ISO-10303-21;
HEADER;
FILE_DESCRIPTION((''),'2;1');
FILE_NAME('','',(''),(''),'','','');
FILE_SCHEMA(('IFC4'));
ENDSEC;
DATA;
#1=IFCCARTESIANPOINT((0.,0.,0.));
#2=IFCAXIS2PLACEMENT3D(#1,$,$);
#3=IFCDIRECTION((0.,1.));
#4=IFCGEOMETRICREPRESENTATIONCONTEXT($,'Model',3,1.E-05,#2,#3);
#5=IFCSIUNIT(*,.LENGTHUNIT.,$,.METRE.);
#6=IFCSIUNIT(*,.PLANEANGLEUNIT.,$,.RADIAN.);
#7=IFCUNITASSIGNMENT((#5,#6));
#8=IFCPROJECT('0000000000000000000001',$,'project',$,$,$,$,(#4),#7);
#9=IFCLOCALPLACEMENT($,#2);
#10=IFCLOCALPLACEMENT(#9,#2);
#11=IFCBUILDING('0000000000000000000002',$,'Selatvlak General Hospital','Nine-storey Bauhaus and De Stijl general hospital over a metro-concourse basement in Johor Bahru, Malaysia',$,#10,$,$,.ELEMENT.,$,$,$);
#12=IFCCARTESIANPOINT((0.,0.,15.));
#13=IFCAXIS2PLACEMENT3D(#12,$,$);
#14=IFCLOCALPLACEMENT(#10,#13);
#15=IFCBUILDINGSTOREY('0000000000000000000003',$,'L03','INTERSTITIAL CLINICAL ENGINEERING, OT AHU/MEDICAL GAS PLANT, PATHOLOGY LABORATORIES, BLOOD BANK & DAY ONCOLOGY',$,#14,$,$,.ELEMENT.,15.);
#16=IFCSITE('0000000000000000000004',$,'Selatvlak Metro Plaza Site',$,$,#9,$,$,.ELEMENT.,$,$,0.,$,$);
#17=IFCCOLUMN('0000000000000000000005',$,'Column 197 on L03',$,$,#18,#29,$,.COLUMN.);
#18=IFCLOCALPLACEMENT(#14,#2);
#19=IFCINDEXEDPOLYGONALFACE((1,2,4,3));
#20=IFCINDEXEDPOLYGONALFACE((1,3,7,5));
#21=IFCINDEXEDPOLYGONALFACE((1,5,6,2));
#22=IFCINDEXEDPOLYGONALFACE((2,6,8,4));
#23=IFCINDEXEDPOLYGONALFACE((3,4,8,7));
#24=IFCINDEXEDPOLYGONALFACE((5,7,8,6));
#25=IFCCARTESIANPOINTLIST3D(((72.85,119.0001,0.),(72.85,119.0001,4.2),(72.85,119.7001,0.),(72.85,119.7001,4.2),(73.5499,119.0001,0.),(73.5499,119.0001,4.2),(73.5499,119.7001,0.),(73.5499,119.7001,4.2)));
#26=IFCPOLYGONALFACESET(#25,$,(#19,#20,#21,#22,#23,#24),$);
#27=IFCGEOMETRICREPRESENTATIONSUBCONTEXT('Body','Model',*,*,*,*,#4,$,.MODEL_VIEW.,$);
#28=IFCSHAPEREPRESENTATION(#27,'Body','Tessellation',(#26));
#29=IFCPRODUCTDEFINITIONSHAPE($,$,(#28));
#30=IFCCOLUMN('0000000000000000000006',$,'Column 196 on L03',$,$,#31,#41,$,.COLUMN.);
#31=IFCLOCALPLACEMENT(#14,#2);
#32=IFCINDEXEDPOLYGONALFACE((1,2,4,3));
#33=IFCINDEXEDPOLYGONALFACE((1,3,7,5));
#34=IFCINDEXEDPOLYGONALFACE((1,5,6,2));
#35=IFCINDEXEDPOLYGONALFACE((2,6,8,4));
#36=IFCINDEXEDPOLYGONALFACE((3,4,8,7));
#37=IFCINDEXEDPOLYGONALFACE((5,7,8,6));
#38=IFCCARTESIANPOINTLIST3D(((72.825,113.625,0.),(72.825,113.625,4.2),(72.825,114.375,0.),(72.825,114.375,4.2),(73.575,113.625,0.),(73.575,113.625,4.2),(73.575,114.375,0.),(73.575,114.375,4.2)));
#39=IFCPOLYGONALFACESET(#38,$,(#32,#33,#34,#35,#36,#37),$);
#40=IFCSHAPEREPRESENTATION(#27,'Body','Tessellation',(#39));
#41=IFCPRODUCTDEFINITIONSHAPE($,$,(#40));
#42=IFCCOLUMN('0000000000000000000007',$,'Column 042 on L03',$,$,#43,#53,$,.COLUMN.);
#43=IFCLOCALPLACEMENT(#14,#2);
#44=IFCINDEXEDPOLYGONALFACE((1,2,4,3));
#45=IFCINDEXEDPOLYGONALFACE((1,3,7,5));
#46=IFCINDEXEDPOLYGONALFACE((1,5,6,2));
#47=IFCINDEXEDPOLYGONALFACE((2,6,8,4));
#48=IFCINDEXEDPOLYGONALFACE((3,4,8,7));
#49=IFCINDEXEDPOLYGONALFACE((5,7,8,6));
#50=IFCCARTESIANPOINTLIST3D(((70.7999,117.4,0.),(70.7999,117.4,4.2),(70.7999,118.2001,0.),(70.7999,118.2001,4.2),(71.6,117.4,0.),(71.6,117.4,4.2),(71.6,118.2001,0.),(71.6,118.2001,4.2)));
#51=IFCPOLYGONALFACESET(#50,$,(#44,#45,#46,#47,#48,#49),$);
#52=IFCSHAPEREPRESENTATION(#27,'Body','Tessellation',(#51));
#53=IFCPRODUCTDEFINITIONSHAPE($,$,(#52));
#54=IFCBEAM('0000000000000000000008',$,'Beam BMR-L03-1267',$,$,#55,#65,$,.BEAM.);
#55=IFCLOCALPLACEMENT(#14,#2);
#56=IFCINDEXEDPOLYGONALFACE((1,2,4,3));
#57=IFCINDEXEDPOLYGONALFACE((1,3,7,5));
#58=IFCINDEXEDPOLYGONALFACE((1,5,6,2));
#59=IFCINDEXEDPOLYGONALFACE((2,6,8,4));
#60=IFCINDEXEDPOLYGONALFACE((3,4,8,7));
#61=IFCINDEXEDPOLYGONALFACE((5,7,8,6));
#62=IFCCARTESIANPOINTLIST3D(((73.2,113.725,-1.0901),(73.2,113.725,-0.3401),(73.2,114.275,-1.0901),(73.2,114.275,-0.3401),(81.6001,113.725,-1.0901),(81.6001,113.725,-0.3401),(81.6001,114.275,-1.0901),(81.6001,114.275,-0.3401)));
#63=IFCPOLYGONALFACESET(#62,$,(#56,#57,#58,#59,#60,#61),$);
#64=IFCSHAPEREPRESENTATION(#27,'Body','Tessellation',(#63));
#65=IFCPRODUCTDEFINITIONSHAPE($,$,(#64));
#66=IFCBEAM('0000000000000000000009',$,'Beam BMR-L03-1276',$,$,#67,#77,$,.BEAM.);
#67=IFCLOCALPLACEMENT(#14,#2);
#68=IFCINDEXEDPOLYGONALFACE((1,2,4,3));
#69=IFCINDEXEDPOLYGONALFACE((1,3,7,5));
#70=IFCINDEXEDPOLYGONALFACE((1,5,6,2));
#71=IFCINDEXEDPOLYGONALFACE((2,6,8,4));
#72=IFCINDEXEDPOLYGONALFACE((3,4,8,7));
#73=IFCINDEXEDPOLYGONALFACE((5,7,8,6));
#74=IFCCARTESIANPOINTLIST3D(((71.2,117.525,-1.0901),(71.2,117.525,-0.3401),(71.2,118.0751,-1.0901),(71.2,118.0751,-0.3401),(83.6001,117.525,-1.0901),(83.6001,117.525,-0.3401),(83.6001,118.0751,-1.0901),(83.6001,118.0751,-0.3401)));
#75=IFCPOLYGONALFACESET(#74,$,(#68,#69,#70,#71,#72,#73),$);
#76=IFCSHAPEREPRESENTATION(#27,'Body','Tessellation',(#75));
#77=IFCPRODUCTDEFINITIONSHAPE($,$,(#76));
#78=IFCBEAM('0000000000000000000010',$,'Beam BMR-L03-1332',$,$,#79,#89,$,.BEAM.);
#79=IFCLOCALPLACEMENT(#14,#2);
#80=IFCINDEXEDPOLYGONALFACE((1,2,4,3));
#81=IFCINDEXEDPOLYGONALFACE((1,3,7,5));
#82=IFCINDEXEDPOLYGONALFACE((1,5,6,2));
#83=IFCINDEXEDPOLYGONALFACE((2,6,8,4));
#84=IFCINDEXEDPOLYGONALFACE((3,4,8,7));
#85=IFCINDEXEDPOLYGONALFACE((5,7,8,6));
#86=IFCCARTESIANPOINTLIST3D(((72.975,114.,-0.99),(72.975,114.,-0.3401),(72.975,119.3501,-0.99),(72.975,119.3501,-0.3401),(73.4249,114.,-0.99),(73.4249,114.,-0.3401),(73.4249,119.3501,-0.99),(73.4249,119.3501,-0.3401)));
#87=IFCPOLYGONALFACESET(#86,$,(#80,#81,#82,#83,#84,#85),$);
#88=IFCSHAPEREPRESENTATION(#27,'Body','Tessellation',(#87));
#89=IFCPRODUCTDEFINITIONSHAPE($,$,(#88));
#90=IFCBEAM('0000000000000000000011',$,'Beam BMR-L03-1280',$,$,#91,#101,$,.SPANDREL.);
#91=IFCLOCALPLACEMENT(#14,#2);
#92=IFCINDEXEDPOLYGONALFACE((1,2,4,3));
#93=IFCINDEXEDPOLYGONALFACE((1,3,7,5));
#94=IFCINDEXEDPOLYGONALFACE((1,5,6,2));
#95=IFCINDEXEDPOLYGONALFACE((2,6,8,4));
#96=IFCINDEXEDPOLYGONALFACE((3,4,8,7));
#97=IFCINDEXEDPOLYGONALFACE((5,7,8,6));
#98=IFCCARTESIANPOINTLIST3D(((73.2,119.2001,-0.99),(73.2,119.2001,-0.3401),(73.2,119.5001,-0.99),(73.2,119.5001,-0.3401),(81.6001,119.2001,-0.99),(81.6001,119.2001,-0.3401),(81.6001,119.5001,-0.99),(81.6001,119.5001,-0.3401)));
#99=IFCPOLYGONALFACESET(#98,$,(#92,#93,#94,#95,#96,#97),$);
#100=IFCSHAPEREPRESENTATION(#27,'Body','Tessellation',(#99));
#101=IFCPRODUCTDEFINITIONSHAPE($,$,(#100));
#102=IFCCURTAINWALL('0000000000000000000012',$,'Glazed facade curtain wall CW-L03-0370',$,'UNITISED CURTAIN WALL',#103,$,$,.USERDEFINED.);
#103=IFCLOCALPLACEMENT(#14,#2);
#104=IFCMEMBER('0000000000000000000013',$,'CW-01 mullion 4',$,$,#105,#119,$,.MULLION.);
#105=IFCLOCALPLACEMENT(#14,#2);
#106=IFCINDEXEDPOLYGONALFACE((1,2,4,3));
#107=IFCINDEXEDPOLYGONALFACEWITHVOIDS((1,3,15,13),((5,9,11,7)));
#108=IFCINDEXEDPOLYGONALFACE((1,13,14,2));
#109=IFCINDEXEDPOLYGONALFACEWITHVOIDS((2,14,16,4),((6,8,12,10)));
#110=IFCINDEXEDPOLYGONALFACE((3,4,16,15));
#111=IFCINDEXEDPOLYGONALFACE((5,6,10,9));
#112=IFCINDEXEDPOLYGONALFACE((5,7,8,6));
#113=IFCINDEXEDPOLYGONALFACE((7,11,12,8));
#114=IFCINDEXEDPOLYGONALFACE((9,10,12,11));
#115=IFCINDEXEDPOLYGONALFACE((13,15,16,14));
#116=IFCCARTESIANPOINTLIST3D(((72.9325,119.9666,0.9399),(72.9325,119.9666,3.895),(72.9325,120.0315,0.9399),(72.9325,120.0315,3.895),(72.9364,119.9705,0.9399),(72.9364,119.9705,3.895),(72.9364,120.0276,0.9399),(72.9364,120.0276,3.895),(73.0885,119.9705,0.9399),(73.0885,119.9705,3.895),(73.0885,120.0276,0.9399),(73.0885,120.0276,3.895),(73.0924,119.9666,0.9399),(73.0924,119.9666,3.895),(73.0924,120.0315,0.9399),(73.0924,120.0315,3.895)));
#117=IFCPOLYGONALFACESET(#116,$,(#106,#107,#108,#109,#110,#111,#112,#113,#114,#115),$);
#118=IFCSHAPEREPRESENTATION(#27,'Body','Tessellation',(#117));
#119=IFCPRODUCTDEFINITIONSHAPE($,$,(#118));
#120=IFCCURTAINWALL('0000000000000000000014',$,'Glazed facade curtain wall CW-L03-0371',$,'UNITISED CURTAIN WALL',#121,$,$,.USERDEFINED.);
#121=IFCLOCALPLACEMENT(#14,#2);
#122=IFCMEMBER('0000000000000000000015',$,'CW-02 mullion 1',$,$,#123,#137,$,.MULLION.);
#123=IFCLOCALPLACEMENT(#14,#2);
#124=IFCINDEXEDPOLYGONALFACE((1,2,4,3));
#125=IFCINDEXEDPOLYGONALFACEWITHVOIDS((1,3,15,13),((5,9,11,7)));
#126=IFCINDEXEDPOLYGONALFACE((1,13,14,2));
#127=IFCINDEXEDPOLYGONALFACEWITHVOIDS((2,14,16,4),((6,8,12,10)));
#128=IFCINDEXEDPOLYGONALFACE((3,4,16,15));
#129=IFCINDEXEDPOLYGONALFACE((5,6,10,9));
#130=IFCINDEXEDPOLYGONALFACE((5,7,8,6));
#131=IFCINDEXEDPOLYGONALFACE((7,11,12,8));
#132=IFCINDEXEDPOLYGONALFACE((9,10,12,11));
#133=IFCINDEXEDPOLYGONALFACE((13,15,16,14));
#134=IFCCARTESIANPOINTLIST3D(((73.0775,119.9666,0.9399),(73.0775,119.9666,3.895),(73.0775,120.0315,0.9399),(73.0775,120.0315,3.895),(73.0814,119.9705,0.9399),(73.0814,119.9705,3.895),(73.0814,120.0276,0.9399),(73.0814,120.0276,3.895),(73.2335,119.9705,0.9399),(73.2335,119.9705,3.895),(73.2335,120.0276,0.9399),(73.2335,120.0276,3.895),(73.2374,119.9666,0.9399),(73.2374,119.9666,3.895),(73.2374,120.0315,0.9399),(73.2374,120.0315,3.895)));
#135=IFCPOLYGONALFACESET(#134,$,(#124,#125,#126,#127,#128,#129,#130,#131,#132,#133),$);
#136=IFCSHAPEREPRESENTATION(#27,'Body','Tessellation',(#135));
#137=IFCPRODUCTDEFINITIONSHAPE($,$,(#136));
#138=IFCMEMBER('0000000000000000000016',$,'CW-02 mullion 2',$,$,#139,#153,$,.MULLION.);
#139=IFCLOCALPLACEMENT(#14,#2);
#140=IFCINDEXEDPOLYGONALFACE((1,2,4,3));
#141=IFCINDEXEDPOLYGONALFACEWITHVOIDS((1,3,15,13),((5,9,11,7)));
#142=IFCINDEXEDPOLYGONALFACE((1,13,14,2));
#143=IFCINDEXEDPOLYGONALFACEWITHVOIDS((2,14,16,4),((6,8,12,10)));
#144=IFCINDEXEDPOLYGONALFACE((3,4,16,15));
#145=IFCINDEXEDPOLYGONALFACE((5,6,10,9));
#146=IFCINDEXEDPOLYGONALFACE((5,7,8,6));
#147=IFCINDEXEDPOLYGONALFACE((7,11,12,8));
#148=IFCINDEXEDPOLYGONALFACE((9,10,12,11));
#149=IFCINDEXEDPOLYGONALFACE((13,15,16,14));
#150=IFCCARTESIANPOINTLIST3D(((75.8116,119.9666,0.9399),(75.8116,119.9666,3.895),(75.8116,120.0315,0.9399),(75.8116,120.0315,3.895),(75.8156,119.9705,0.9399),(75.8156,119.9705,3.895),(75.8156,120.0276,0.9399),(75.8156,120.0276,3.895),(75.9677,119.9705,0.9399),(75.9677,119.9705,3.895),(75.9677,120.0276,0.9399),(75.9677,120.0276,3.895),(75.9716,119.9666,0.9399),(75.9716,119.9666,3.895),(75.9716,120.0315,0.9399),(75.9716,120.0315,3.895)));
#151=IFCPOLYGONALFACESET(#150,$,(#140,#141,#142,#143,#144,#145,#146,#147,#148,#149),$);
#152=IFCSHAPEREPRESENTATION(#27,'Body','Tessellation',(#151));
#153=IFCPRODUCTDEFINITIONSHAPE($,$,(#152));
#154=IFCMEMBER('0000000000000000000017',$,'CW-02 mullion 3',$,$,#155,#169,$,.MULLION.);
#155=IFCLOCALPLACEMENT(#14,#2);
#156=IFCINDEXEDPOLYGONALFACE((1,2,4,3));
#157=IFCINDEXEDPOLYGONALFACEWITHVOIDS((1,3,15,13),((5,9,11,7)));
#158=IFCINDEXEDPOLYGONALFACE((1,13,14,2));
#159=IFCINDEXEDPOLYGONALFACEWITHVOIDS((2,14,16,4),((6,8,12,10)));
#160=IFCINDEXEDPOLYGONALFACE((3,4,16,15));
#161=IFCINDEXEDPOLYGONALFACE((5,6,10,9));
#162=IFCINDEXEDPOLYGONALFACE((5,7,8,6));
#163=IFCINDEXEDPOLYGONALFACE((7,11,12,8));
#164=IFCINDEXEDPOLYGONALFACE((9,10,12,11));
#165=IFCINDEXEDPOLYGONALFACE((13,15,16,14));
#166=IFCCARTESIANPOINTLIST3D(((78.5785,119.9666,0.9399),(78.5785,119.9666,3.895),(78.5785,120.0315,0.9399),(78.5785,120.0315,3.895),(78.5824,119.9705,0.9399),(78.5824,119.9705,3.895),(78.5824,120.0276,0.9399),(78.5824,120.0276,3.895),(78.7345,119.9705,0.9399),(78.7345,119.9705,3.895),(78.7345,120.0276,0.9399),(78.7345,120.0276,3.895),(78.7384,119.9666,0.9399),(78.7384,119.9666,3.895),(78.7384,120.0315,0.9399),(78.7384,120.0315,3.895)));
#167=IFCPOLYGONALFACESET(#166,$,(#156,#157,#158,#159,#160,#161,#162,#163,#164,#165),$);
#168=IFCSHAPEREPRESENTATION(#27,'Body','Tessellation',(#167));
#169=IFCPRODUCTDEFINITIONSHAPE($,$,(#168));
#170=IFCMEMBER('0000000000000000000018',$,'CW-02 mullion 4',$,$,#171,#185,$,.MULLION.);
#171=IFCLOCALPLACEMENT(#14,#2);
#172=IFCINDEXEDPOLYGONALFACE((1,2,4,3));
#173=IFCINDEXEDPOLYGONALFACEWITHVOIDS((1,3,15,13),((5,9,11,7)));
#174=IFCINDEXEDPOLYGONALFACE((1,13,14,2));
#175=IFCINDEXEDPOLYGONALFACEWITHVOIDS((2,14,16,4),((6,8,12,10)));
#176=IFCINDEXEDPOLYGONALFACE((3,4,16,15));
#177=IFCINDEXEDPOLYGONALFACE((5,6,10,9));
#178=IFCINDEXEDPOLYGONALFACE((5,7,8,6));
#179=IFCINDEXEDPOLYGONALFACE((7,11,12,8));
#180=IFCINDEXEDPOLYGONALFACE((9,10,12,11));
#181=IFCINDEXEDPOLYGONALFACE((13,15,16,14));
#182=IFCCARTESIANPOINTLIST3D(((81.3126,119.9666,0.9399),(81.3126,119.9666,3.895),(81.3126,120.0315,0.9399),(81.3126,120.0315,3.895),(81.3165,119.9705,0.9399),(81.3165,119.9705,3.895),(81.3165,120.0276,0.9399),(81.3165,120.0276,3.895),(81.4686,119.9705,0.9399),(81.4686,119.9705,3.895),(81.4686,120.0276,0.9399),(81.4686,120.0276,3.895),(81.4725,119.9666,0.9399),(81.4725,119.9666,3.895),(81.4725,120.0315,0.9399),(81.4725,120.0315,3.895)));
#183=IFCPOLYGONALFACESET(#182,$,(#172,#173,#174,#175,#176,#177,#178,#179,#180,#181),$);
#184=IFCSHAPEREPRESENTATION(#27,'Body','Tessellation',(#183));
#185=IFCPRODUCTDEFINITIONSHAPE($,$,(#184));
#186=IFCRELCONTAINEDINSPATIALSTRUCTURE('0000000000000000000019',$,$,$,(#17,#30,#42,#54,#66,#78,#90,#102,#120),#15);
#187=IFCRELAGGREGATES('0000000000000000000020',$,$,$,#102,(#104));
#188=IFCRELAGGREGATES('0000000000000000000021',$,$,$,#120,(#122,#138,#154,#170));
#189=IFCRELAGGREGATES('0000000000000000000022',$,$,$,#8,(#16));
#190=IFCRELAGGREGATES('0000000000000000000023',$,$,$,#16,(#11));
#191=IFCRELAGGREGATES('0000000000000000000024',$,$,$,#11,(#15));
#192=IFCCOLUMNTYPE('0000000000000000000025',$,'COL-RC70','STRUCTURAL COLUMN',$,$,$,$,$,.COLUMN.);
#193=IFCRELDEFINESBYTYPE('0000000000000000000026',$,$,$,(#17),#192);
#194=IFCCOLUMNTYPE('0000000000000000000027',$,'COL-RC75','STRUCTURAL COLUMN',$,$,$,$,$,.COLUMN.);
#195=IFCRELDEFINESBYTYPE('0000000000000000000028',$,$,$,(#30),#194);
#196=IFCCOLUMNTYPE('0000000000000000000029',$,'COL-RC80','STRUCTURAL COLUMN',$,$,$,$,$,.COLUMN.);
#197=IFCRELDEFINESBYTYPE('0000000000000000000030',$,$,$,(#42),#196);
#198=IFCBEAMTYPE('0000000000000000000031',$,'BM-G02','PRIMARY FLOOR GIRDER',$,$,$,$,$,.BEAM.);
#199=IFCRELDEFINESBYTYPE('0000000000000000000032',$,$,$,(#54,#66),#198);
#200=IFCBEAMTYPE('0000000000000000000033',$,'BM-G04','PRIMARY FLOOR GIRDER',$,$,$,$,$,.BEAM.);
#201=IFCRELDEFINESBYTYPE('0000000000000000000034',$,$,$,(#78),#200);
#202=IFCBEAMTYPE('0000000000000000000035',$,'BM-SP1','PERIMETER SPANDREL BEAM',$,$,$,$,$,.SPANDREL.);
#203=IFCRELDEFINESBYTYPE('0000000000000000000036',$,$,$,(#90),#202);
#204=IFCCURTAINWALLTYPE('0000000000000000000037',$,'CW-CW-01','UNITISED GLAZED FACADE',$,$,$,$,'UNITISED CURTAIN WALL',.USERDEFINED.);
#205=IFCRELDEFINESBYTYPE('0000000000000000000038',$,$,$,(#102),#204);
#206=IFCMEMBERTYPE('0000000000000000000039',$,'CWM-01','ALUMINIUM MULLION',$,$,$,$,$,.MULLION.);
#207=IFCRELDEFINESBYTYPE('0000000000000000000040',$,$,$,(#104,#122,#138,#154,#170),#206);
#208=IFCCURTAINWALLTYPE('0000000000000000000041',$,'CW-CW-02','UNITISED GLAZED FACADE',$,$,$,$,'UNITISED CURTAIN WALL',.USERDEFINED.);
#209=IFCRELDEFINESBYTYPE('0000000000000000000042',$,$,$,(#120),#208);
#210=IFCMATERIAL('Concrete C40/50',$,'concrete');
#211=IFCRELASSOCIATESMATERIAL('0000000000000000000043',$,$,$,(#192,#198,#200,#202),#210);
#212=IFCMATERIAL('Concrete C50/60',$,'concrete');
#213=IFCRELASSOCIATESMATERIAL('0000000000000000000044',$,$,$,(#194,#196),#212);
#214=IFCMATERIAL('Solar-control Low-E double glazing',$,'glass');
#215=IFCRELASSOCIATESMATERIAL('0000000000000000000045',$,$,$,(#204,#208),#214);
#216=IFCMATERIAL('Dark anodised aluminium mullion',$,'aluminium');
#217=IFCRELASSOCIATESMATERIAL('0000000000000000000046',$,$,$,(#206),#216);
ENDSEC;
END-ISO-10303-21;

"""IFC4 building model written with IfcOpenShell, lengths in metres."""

from ifc_helpers import new_model, si_unit, direction, frame, origin, origin_2d, place, context, subcontext, project, spatial, rectangle, hollow_rectangle, extrude, material, material_profile, profile_set, type_object, element, aggregate, save


model = new_model("IFC4")

# Units and contexts
model_context = context("Model", 3, precision=1e-05, world=origin(), true_north=direction((0.0, 1.0)))
body_context = subcontext(model_context, "Body", "Model", "MODEL_VIEW")
ifc_project = project(units=[si_unit("LENGTHUNIT", "METRE"), si_unit("PLANEANGLEUNIT", "RADIAN")], contexts=[model_context])

# Site, building, storey
site_placement = place(None, origin())
site = spatial("IfcSite", under=ifc_project, at=site_placement, Name="Selatvlak Metro Plaza Site", CompositionType="ELEMENT", RefElevation=0.0)
building_placement = place(site_placement, origin())
building = spatial("IfcBuilding", under=site, at=building_placement, Name="Selatvlak General Hospital", Description="Nine-storey Bauhaus and De Stijl general hospital over a metro-concourse basement in Johor Bahru, Malaysia", CompositionType="ELEMENT")
storey_placement = place(building_placement, frame((0.0, 0.0, 15.0)))
storey = spatial("IfcBuildingStorey", under=building, at=storey_placement, Name="L03", Description="INTERSTITIAL CLINICAL ENGINEERING, OT AHU/MEDICAL GAS PLANT, PATHOLOGY LABORATORIES, BLOOD BANK & DAY ONCOLOGY", CompositionType="ELEMENT", Elevation=15.0)

# Columns
ifc_material_1 = material(Name="Concrete C40/50", Category="concrete")
ifc_material_profile_1 = material_profile(ifc_material_1, rectangle(XDim=0.7, YDim=0.7, at=origin_2d()), Name="RC-COL 700x700")
ifc_profile_set_1 = profile_set([ifc_material_profile_1], Name="Concrete C40/50")
column_type_1 = type_object("IfcColumnType", Name="COL-RC70", Description="STRUCTURAL COLUMN", PredefinedType="COLUMN", material=ifc_profile_set_1)
column_1_placement = place(storey_placement, frame((73.2, 119.3501, 0.0), z_axis=(0.0, 0.0, 1.0), x_axis=(1.0, 0.0, 0.0)))
element("IfcColumn", 1, at=column_1_placement, inside=storey, type_object=column_type_1, Name="Column 197 on L03", PredefinedType="COLUMN", context=body_context, shape_type="SweptSolid", body=[
    extrude(rectangle(XDim=0.7, YDim=0.7, at=origin_2d()), origin(), (0.0, 0.0, 1.0), 4.2),
])
ifc_material_2 = material(Name="Concrete C50/60", Category="concrete")
ifc_material_profile_2 = material_profile(ifc_material_2, rectangle(XDim=0.75, YDim=0.75, at=origin_2d()), Name="RC-COL 750x750")
ifc_profile_set_2 = profile_set([ifc_material_profile_2], Name="Concrete C50/60")
column_type_2 = type_object("IfcColumnType", Name="COL-RC75", Description="STRUCTURAL COLUMN", PredefinedType="COLUMN", material=ifc_profile_set_2)
column_2_placement = place(storey_placement, frame((73.2, 114.0, 0.0), z_axis=(0.0, 0.0, 1.0), x_axis=(1.0, 0.0, 0.0)))
element("IfcColumn", 2, at=column_2_placement, inside=storey, type_object=column_type_2, Name="Column 196 on L03", PredefinedType="COLUMN", context=body_context, shape_type="SweptSolid", body=[
    extrude(rectangle(XDim=0.75, YDim=0.75, at=origin_2d()), origin(), (0.0, 0.0, 1.0), 4.2),
])
ifc_material_profile_3 = material_profile(ifc_material_2, rectangle(XDim=0.8, YDim=0.8, at=origin_2d()), Name="RC-COL 800x800")
ifc_profile_set_3 = profile_set([ifc_material_profile_3], Name="Concrete C50/60")
column_type_3 = type_object("IfcColumnType", Name="COL-RC80", Description="STRUCTURAL COLUMN", PredefinedType="COLUMN", material=ifc_profile_set_3)
column_3_placement = place(storey_placement, frame((71.2, 117.8, 0.0), z_axis=(0.0, 0.0, 1.0), x_axis=(1.0, 0.0, 0.0)))
element("IfcColumn", 3, at=column_3_placement, inside=storey, type_object=column_type_3, Name="Column 042 on L03", PredefinedType="COLUMN", context=body_context, shape_type="SweptSolid", body=[
    extrude(rectangle(XDim=0.8, YDim=0.8, at=origin_2d()), origin(), (0.0, 0.0, 1.0), 4.2),
])

# Beams
ifc_material_profile_4 = material_profile(ifc_material_1, rectangle(XDim=0.55, YDim=0.75, at=origin_2d()), Name="RC-BM 550x750")
ifc_profile_set_4 = profile_set([ifc_material_profile_4], Name="Concrete C40/50")
beam_type_1 = type_object("IfcBeamType", Name="BM-G02", Description="PRIMARY FLOOR GIRDER", PredefinedType="BEAM", material=ifc_profile_set_4)
beam_1_placement = place(storey_placement, frame((73.2, 114.0, -0.7151), z_axis=(1.0, 0.0, 0.0), x_axis=(0.0, 1.0, 0.0)))
element("IfcBeam", 4, at=beam_1_placement, inside=storey, type_object=beam_type_1, Name="Beam BMR-L03-1267", PredefinedType="BEAM", context=body_context, shape_type="SweptSolid", body=[
    extrude(rectangle(XDim=0.55, YDim=0.75, at=origin_2d()), origin(), (0.0, 0.0, 1.0), 8.4001),
])
beam_2_placement = place(storey_placement, frame((71.2, 117.8, -0.7151), z_axis=(1.0, 0.0, 0.0), x_axis=(0.0, 1.0, 0.0)))
element("IfcBeam", 5, at=beam_2_placement, inside=storey, type_object=beam_type_1, Name="Beam BMR-L03-1276", PredefinedType="BEAM", context=body_context, shape_type="SweptSolid", body=[
    extrude(rectangle(XDim=0.55, YDim=0.75, at=origin_2d()), origin(), (0.0, 0.0, 1.0), 12.4001),
])
ifc_material_profile_5 = material_profile(ifc_material_1, rectangle(XDim=0.45, YDim=0.6499, at=origin_2d()), Name="RC-BM 450x650")
ifc_profile_set_5 = profile_set([ifc_material_profile_5], Name="Concrete C40/50")
beam_type_2 = type_object("IfcBeamType", Name="BM-G04", Description="PRIMARY FLOOR GIRDER", PredefinedType="BEAM", material=ifc_profile_set_5)
beam_3_placement = place(storey_placement, frame((73.2, 114.0, -0.665), z_axis=(0.0, 1.0, 0.0), x_axis=(-1.0, 0.0, 0.0)))
element("IfcBeam", 6, at=beam_3_placement, inside=storey, type_object=beam_type_2, Name="Beam BMR-L03-1332", PredefinedType="BEAM", context=body_context, shape_type="SweptSolid", body=[
    extrude(rectangle(XDim=0.45, YDim=0.6499, at=origin_2d()), origin(), (0.0, 0.0, 1.0), 5.3501),
])
ifc_material_profile_6 = material_profile(ifc_material_1, rectangle(XDim=0.3, YDim=0.6499, at=origin_2d()), Name="RC-SP 300x650")
ifc_profile_set_6 = profile_set([ifc_material_profile_6], Name="Concrete C40/50")
beam_type_3 = type_object("IfcBeamType", Name="BM-SP1", Description="PERIMETER SPANDREL BEAM", PredefinedType="SPANDREL", material=ifc_profile_set_6)
beam_4_placement = place(storey_placement, frame((73.2, 119.3501, -0.665), z_axis=(1.0, 0.0, 0.0), x_axis=(0.0, 1.0, 0.0)))
element("IfcBeam", 7, at=beam_4_placement, inside=storey, type_object=beam_type_3, Name="Beam BMR-L03-1280", PredefinedType="SPANDREL", context=body_context, shape_type="SweptSolid", body=[
    extrude(rectangle(XDim=0.3, YDim=0.6499, at=origin_2d()), origin(), (0.0, 0.0, 1.0), 8.4001),
])

# Curtain wall, member
ifc_material_3 = material(Name="Solar-control Low-E double glazing", Category="glass")
curtain_wall_type_1 = type_object("IfcCurtainWallType", Name="CW-CW-01", Description="UNITISED GLAZED FACADE", ElementType="UNITISED CURTAIN WALL", PredefinedType="USERDEFINED", material=ifc_material_3)
curtain_wall_1_placement = place(storey_placement, origin())
curtain_wall_1 = element("IfcCurtainWall", 8, at=curtain_wall_1_placement, inside=storey, type_object=curtain_wall_type_1, Name="Glazed facade curtain wall CW-L03-0370", ObjectType="UNITISED CURTAIN WALL", PredefinedType="USERDEFINED")
ifc_material_4 = material(Name="Dark anodised aluminium mullion", Category="aluminium")
ifc_material_profile_7 = material_profile(ifc_material_4, hollow_rectangle(XDim=0.0649, YDim=0.1599, WallThickness=0.0039, at=origin_2d()), Name="AL-MUL 65x160x4")
ifc_profile_set_7 = profile_set([ifc_material_profile_7], Name="Dark anodised aluminium mullion")
member_type_1 = type_object("IfcMemberType", Name="CWM-01", Description="ALUMINIUM MULLION", PredefinedType="MULLION", material=ifc_profile_set_7)
member_1_placement = place(storey_placement, frame((73.0125, 119.999, 0.9399), z_axis=(0.0, 0.0, 1.0), x_axis=(0.0, 1.0, 0.0)))
member_1 = element("IfcMember", 9, at=member_1_placement, type_object=member_type_1, Name="CW-01 mullion 4", PredefinedType="MULLION", context=body_context, shape_type="SweptSolid", body=[
    extrude(hollow_rectangle(XDim=0.0649, YDim=0.1599, WallThickness=0.0039, at=origin_2d()), origin(), (0.0, 0.0, 1.0), 2.9551),
])

# Curtain wall, members
curtain_wall_type_2 = type_object("IfcCurtainWallType", Name="CW-CW-02", Description="UNITISED GLAZED FACADE", ElementType="UNITISED CURTAIN WALL", PredefinedType="USERDEFINED", material=ifc_material_3)
curtain_wall_2_placement = place(storey_placement, origin())
curtain_wall_2 = element("IfcCurtainWall", 10, at=curtain_wall_2_placement, inside=storey, type_object=curtain_wall_type_2, Name="Glazed facade curtain wall CW-L03-0371", ObjectType="UNITISED CURTAIN WALL", PredefinedType="USERDEFINED")
member_2_placement = place(storey_placement, frame((73.1575, 119.999, 0.9399), z_axis=(0.0, 0.0, 1.0), x_axis=(0.0, 1.0, 0.0)))
member_2 = element("IfcMember", 11, at=member_2_placement, type_object=member_type_1, Name="CW-02 mullion 1", PredefinedType="MULLION", context=body_context, shape_type="SweptSolid", body=[
    extrude(hollow_rectangle(XDim=0.0649, YDim=0.1599, WallThickness=0.0039, at=origin_2d()), origin(), (0.0, 0.0, 1.0), 2.9551),
])
member_3_placement = place(storey_placement, frame((75.8916, 119.999, 0.9399), z_axis=(0.0, 0.0, 1.0), x_axis=(0.0, 1.0, 0.0)))
member_3 = element("IfcMember", 12, at=member_3_placement, type_object=member_type_1, Name="CW-02 mullion 2", PredefinedType="MULLION", context=body_context, shape_type="SweptSolid", body=[
    extrude(hollow_rectangle(XDim=0.0649, YDim=0.1599, WallThickness=0.0039, at=origin_2d()), origin(), (0.0, 0.0, 1.0), 2.9551),
])
member_4_placement = place(storey_placement, frame((78.6584, 119.999, 0.9399), z_axis=(0.0, 0.0, 1.0), x_axis=(0.0, 1.0, 0.0)))
member_4 = element("IfcMember", 13, at=member_4_placement, type_object=member_type_1, Name="CW-02 mullion 3", PredefinedType="MULLION", context=body_context, shape_type="SweptSolid", body=[
    extrude(hollow_rectangle(XDim=0.0649, YDim=0.1599, WallThickness=0.0039, at=origin_2d()), origin(), (0.0, 0.0, 1.0), 2.9551),
])
member_5_placement = place(storey_placement, frame((81.3926, 119.999, 0.9399), z_axis=(0.0, 0.0, 1.0), x_axis=(0.0, 1.0, 0.0)))
member_5 = element("IfcMember", 14, at=member_5_placement, type_object=member_type_1, Name="CW-02 mullion 4", PredefinedType="MULLION", context=body_context, shape_type="SweptSolid", body=[
    extrude(hollow_rectangle(XDim=0.0649, YDim=0.1599, WallThickness=0.0039, at=origin_2d()), origin(), (0.0, 0.0, 1.0), 2.9551),
])

aggregate(curtain_wall_1, [member_1])
aggregate(curtain_wall_2, [member_2, member_3, member_4, member_5])

save(model, "model.ifc")
